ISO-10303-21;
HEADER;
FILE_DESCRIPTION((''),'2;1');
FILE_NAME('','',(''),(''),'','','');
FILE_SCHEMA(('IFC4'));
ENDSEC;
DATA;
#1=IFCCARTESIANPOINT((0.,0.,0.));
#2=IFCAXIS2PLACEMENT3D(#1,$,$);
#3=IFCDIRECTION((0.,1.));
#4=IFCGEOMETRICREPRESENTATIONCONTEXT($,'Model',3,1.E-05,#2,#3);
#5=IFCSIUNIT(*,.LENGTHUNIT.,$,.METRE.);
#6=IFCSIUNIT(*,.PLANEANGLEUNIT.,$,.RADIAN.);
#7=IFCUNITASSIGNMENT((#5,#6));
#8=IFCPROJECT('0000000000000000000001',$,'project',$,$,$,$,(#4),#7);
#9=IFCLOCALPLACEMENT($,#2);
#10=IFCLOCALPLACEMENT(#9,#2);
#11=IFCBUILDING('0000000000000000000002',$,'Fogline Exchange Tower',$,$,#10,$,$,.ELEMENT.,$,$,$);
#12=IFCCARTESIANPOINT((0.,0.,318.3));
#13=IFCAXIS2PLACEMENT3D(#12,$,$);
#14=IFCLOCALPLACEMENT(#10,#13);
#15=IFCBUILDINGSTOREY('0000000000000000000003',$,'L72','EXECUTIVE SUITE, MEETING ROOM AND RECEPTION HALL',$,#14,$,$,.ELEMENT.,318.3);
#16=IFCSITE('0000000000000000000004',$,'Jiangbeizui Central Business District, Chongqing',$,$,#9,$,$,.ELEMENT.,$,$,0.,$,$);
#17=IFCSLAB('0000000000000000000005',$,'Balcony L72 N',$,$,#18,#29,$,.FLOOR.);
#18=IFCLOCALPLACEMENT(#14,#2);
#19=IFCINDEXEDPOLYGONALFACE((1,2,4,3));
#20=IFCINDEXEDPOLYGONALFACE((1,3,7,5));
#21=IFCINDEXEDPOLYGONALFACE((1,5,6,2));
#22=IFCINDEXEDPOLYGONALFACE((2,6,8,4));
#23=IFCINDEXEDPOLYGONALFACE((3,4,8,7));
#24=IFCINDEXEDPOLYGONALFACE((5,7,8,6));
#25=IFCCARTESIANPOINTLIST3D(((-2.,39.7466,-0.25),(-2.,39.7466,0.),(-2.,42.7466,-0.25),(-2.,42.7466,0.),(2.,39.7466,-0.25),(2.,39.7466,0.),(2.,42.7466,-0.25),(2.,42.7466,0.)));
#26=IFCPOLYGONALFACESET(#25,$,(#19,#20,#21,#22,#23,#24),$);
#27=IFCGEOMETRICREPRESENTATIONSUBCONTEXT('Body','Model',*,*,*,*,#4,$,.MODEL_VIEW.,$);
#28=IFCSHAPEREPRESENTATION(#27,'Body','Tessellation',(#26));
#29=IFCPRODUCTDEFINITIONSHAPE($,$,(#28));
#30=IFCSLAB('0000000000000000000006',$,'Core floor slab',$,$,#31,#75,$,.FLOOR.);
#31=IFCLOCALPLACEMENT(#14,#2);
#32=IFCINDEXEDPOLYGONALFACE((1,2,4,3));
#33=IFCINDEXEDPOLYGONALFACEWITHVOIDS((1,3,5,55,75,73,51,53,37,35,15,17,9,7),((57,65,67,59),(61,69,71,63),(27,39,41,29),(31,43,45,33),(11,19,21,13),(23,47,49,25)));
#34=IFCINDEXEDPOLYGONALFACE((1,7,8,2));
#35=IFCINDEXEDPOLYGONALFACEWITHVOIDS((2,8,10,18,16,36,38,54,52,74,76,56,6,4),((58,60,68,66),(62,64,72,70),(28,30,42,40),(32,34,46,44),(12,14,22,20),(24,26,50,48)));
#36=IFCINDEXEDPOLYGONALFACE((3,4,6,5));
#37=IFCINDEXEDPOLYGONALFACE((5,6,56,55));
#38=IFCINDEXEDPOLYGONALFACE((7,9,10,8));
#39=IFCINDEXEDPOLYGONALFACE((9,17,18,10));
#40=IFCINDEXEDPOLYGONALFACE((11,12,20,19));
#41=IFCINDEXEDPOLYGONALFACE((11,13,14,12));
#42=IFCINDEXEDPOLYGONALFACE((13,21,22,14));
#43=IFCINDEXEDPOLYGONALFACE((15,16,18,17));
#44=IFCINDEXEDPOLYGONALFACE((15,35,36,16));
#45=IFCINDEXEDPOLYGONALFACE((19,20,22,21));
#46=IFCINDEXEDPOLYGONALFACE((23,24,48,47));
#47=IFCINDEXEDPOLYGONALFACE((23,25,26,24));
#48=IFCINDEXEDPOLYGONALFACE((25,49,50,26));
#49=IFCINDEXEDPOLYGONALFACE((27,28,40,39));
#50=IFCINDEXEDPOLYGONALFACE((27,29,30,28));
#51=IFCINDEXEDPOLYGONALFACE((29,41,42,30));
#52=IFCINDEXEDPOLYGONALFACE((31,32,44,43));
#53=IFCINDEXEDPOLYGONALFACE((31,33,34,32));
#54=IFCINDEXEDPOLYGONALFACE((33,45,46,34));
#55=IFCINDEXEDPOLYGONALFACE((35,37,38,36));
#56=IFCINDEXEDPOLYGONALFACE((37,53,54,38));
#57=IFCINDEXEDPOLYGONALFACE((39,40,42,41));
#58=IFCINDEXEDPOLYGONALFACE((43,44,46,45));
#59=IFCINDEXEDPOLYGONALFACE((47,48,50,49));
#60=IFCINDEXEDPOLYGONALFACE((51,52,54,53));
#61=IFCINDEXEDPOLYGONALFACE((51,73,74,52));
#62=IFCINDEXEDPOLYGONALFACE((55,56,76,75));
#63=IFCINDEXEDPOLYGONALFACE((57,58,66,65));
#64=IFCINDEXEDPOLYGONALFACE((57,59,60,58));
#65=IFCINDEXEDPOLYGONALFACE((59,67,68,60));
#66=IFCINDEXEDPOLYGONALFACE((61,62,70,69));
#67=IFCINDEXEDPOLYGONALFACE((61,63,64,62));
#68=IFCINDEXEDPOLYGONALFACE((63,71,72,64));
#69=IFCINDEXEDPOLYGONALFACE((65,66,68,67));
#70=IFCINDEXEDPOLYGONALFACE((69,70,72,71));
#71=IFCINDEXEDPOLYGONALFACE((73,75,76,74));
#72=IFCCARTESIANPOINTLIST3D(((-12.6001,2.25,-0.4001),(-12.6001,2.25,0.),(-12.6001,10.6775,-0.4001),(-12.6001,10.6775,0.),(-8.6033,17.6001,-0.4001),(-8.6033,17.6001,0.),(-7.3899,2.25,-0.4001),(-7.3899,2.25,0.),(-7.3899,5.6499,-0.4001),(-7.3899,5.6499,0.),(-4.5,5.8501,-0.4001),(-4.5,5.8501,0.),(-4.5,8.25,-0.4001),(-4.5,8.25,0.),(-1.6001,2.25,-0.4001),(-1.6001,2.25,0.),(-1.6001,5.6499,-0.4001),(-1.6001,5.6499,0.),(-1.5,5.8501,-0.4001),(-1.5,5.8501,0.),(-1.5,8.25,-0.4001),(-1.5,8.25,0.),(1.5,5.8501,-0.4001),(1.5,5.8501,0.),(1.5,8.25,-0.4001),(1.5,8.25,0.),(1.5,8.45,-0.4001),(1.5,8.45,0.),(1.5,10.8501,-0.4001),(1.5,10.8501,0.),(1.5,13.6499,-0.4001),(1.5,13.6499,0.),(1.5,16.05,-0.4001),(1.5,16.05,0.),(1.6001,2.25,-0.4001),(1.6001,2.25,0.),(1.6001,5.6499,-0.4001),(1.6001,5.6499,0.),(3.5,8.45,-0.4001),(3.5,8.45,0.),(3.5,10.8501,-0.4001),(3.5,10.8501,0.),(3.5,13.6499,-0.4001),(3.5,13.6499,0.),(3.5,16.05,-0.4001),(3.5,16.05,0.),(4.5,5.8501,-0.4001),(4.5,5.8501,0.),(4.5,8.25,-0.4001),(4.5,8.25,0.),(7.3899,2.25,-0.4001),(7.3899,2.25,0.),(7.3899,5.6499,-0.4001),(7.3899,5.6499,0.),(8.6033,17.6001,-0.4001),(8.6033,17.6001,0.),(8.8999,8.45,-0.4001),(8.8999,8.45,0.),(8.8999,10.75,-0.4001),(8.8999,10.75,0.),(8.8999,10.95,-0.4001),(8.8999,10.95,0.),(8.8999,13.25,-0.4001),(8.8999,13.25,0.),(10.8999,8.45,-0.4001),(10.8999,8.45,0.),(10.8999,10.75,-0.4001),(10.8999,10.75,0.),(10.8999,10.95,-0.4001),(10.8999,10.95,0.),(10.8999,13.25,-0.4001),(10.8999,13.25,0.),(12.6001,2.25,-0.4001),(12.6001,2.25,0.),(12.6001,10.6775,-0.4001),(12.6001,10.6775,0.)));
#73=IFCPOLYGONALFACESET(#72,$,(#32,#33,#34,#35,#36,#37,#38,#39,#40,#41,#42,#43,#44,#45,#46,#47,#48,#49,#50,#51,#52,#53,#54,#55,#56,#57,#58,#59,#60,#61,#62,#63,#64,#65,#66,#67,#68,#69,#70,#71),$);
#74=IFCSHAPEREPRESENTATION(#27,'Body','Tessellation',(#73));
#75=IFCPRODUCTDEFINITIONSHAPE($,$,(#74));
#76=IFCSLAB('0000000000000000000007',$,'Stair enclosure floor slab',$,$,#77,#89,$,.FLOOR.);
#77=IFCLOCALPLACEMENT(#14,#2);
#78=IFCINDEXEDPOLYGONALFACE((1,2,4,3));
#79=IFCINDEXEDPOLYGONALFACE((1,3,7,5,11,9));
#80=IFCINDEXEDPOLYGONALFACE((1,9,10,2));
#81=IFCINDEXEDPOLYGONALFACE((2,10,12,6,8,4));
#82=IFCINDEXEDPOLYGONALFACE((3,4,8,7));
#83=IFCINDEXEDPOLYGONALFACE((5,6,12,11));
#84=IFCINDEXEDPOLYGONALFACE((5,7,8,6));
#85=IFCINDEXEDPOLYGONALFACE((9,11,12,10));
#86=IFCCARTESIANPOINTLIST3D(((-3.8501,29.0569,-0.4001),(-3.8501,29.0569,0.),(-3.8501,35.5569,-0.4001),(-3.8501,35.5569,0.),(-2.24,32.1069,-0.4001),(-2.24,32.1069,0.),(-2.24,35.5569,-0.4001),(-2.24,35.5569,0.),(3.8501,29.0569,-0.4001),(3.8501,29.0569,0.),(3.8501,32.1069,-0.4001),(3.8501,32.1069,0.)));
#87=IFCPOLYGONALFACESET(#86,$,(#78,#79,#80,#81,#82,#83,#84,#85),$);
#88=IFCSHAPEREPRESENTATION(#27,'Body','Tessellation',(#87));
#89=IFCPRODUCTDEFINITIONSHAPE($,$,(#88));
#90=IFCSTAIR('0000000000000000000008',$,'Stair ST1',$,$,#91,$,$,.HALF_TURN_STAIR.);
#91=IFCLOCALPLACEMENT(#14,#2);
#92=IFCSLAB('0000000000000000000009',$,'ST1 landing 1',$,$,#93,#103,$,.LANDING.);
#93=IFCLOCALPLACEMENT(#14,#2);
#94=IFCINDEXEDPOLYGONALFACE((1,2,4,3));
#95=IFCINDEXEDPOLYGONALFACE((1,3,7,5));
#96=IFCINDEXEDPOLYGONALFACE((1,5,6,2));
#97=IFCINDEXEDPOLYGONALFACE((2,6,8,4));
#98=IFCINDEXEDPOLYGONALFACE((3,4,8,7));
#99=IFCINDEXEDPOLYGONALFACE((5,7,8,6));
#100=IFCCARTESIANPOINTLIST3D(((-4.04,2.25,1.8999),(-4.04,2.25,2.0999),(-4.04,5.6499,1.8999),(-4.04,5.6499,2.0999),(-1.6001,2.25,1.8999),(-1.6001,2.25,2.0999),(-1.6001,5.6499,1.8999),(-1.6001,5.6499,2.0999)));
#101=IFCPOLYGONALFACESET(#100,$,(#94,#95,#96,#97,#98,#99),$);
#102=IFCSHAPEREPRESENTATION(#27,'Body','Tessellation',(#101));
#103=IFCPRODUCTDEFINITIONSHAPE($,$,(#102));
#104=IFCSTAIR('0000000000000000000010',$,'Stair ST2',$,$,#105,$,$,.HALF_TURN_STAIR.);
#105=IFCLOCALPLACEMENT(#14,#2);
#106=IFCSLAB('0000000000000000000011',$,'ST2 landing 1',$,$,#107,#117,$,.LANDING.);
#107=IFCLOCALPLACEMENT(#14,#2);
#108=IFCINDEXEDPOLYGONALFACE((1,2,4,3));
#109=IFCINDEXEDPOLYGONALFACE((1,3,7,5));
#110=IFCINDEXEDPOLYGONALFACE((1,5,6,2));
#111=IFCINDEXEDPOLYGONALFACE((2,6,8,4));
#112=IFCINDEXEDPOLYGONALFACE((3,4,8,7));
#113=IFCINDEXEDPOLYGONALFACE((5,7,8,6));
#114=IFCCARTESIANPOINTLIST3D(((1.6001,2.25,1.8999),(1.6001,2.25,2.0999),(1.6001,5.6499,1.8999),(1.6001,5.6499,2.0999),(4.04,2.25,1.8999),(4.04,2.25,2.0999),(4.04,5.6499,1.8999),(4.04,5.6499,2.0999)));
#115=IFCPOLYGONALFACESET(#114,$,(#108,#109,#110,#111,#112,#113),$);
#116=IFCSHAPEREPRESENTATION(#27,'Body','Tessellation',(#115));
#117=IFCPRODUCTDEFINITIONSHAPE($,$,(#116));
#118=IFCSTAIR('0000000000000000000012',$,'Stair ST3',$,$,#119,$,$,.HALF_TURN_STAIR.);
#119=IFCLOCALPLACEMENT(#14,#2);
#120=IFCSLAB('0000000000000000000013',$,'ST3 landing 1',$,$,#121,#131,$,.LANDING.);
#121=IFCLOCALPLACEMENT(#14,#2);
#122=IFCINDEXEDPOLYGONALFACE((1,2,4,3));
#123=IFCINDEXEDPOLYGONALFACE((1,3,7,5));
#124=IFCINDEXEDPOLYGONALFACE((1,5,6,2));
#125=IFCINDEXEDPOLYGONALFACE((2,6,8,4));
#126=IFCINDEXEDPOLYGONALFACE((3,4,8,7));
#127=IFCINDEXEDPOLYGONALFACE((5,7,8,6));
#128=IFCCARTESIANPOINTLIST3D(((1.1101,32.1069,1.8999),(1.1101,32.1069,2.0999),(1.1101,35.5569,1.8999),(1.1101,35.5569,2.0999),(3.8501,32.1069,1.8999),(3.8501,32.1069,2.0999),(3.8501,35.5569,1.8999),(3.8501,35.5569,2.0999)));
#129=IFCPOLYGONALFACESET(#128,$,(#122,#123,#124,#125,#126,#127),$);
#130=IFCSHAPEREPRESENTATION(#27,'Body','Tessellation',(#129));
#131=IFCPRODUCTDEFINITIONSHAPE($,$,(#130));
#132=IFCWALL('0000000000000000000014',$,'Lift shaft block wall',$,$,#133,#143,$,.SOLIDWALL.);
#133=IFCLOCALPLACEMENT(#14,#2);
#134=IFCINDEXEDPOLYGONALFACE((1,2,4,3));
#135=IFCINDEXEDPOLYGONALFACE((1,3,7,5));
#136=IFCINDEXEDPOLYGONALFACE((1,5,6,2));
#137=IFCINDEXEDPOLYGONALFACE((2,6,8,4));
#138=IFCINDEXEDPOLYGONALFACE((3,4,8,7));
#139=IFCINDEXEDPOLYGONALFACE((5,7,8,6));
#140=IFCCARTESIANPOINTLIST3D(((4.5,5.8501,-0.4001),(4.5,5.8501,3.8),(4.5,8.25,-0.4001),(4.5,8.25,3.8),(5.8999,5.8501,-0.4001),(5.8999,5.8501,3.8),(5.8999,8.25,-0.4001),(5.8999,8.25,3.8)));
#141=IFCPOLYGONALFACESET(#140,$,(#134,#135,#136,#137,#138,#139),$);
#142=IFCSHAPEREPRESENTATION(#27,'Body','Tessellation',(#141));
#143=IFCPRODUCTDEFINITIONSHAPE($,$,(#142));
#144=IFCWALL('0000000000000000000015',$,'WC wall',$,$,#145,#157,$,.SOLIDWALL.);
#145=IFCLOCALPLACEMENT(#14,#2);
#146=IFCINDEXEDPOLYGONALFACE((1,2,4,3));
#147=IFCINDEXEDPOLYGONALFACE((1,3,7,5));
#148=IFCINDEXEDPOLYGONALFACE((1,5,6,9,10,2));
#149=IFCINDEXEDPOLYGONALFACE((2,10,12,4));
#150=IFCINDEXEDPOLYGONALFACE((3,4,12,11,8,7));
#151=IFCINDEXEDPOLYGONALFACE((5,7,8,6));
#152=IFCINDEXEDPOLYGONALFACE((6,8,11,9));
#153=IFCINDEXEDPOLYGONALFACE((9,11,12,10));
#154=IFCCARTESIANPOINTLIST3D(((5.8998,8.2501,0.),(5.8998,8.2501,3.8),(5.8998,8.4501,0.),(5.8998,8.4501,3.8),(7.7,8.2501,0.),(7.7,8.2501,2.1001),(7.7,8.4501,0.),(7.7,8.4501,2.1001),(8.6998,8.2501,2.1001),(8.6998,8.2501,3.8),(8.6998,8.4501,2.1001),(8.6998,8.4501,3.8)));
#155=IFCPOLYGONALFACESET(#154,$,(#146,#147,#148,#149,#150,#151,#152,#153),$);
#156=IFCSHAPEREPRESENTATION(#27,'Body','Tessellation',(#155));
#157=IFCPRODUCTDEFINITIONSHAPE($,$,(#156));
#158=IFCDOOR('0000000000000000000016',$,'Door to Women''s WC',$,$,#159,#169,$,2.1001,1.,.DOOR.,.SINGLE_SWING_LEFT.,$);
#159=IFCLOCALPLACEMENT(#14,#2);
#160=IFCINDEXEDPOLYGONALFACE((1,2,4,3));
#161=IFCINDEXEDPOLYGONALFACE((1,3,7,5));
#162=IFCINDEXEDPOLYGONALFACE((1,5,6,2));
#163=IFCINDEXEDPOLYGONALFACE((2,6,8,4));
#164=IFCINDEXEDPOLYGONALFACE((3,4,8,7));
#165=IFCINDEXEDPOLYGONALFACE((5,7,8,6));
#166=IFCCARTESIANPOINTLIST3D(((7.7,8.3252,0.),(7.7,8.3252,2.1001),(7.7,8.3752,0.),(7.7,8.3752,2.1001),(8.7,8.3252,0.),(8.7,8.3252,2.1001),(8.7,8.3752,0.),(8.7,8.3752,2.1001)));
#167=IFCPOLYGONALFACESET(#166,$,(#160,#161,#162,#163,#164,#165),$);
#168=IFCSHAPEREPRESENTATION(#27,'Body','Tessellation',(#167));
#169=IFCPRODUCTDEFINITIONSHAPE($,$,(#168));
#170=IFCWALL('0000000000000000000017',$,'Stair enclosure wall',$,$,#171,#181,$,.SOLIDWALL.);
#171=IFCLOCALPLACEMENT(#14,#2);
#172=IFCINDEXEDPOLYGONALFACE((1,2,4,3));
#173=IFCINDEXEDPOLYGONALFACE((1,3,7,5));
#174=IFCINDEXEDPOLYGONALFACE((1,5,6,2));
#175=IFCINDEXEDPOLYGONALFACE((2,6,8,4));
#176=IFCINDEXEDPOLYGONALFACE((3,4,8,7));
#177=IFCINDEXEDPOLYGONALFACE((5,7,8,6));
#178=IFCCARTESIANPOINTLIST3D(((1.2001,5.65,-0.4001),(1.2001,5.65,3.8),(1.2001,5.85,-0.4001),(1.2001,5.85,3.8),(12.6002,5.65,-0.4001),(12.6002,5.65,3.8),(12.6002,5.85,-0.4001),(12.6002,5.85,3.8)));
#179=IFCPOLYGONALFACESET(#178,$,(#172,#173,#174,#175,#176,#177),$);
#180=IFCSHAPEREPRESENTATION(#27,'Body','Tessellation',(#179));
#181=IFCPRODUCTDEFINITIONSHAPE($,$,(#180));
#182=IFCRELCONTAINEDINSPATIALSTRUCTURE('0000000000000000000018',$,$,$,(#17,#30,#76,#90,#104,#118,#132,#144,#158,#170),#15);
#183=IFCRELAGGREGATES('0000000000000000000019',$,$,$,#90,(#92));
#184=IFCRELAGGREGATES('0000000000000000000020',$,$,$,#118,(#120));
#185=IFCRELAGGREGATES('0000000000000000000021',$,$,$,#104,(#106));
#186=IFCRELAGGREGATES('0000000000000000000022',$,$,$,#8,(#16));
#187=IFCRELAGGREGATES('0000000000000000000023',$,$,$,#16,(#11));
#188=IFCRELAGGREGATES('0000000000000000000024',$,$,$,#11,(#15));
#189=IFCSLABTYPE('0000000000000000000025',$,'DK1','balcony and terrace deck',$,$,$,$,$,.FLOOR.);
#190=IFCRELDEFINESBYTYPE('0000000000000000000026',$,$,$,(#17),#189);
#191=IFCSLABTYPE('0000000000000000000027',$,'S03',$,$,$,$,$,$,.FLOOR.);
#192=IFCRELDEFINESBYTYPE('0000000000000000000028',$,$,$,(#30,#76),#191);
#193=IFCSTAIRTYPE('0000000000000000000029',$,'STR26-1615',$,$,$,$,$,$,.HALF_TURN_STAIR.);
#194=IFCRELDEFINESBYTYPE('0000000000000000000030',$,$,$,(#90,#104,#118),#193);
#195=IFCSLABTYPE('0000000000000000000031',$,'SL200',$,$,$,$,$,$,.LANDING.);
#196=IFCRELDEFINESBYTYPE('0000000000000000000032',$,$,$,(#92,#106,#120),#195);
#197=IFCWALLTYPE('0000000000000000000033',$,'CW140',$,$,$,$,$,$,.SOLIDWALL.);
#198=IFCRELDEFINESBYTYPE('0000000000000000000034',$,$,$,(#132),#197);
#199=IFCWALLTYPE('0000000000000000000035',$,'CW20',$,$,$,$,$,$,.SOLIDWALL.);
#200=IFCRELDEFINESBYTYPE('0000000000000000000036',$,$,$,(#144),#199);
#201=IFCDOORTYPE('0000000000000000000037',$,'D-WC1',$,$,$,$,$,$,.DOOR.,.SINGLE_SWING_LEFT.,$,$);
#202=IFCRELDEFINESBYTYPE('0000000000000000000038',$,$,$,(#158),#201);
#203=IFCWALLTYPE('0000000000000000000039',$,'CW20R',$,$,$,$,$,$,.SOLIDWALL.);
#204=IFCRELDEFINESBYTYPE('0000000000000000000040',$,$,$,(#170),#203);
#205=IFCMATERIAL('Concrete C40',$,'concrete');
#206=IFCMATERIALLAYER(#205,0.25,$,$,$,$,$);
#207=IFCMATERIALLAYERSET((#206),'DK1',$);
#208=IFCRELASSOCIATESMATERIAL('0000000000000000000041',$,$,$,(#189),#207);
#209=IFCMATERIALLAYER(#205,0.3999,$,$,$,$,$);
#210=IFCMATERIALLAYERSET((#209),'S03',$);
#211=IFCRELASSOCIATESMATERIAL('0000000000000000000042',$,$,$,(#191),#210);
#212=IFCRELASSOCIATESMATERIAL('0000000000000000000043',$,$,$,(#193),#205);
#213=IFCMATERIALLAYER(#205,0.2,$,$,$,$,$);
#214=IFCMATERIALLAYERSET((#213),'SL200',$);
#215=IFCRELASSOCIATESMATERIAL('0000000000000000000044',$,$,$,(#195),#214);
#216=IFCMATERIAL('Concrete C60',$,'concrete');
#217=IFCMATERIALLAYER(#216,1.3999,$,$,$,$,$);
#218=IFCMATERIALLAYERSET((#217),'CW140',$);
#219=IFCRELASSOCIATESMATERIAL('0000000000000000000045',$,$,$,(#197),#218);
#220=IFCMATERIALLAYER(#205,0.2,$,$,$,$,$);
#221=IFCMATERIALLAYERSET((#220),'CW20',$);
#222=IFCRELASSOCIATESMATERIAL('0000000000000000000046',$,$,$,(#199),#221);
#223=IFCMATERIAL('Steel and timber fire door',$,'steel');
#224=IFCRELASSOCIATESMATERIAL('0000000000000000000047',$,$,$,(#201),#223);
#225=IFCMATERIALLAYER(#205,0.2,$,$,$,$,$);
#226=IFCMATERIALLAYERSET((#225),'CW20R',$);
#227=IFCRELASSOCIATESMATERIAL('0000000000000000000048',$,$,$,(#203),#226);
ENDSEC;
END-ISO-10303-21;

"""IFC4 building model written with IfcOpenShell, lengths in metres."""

from ifc_helpers import new_model, si_unit, direction, frame, frame_2d, origin, place, context, subcontext, project, spatial, polyline, rectangle, outline, extrude, material, layer, layer_set, type_object, element, fill, aggregate, save


model = new_model("IFC4")

# Units and contexts
model_context = context("Model", 3, precision=1e-05, world=origin(), true_north=direction((0.0, 1.0)))
body_context = subcontext(model_context, "Body", "Model", "MODEL_VIEW")
ifc_project = project(units=[si_unit("LENGTHUNIT", "METRE"), si_unit("PLANEANGLEUNIT", "RADIAN")], contexts=[model_context])

# Site, building, storey
site_placement = place(None, origin())
site = spatial("IfcSite", under=ifc_project, at=site_placement, Name="Jiangbeizui Central Business District, Chongqing", CompositionType="ELEMENT", RefElevation=0.0)
building_placement = place(site_placement, origin())
building = spatial("IfcBuilding", under=site, at=building_placement, Name="Fogline Exchange Tower", CompositionType="ELEMENT")
storey_placement = place(building_placement, frame((0.0, 0.0, 318.3)))
storey = spatial("IfcBuildingStorey", under=building, at=storey_placement, Name="L72", Description="EXECUTIVE SUITE, MEETING ROOM AND RECEPTION HALL", CompositionType="ELEMENT", Elevation=318.3)

# Slabs
ifc_material_1 = material(Name="Concrete C40", Category="concrete")
ifc_layer_1 = layer(ifc_material_1, 0.25)
ifc_layer_set_1 = layer_set([ifc_layer_1], Name="DK1")
slab_type_1 = type_object("IfcSlabType", Name="DK1", Description="balcony and terrace deck", PredefinedType="FLOOR", material=ifc_layer_set_1)
slab_1_placement = place(storey_placement, frame((0.0, 0.0, -0.25)))
element("IfcSlab", 1, at=slab_1_placement, inside=storey, type_object=slab_type_1, Name="Balcony L72 N", PredefinedType="FLOOR", context=body_context, shape_type="SweptSolid", body=[
    extrude(outline(polyline([(2.0, 42.7466), (-2.0, 42.7466), (-2.0, 39.7466), (2.0, 39.7466), (2.0, 42.7466)])), origin(), (0.0, 0.0, 1.0), 0.25),
])
ifc_layer_2 = layer(ifc_material_1, 0.3999)
ifc_layer_set_2 = layer_set([ifc_layer_2], Name="S03")
slab_type_2 = type_object("IfcSlabType", Name="S03", PredefinedType="FLOOR", material=ifc_layer_set_2)
slab_2_placement = place(storey_placement, frame((0.0, 0.0, -0.4001)))
element("IfcSlab", 2, at=slab_2_placement, inside=storey, type_object=slab_type_2, Name="Core floor slab", PredefinedType="FLOOR", context=body_context, shape_type="SweptSolid", body=[
    extrude(outline(polyline([(-12.6001, 2.25), (-12.6001, 10.6775), (-8.6033, 17.6001), (8.6033, 17.6001), (12.6001, 10.6775), (12.6001, 2.25), (7.3899, 2.25), (7.3899, 5.6499), (1.6001, 5.6499), (1.6001, 2.25), (-1.6001, 2.25), (-1.6001, 5.6499), (-7.3899, 5.6499), (-7.3899, 2.25), (-12.6001, 2.25)]), holes=[polyline([(-4.5, 8.25), (-4.5, 5.8501), (-1.5, 5.8501), (-1.5, 8.25), (-4.5, 8.25)]), polyline([(1.5, 8.25), (1.5, 5.8501), (4.5, 5.8501), (4.5, 8.25), (1.5, 8.25)]), polyline([(8.8999, 10.75), (8.8999, 8.45), (10.8999, 8.45), (10.8999, 10.75), (8.8999, 10.75)]), polyline([(1.5, 10.8501), (1.5, 8.45), (3.5, 8.45), (3.5, 10.8501), (1.5, 10.8501)]), polyline([(8.8999, 13.25), (8.8999, 10.95), (10.8999, 10.95), (10.8999, 13.25), (8.8999, 13.25)]), polyline([(1.5, 16.05), (1.5, 13.6499), (3.5, 13.6499), (3.5, 16.05), (1.5, 16.05)])]), origin(), (0.0, 0.0, 1.0), 0.4001),
])
slab_3_placement = place(storey_placement, frame((0.0, 0.0, -0.4001)))
element("IfcSlab", 3, at=slab_3_placement, inside=storey, type_object=slab_type_2, Name="Stair enclosure floor slab", PredefinedType="FLOOR", context=body_context, shape_type="SweptSolid", body=[
    extrude(outline(polyline([(3.8501, 29.0569), (-3.8501, 29.0569), (-3.8501, 35.5569), (-2.24, 35.5569), (-2.24, 32.1069), (3.8501, 32.1069), (3.8501, 29.0569)])), origin(), (0.0, 0.0, 1.0), 0.4001),
])

# Stairs, slabs
stair_type = type_object("IfcStairType", Name="STR26-1615", PredefinedType="HALF_TURN_STAIR", material=ifc_material_1)
stair_1_placement = place(storey_placement, origin())
stair_1 = element("IfcStair", 4, at=stair_1_placement, inside=storey, type_object=stair_type, Name="Stair ST1", PredefinedType="HALF_TURN_STAIR")
ifc_layer_3 = layer(ifc_material_1, 0.2)
ifc_layer_set_3 = layer_set([ifc_layer_3], Name="SL200")
slab_type_3 = type_object("IfcSlabType", Name="SL200", PredefinedType="LANDING", material=ifc_layer_set_3)
slab_4_placement = place(storey_placement, frame((0.0, 0.0, 1.8999)))
slab_4 = element("IfcSlab", 5, at=slab_4_placement, type_object=slab_type_3, Name="ST1 landing 1", PredefinedType="LANDING", context=body_context, shape_type="SweptSolid", body=[
    extrude(outline(polyline([(-4.04, 2.25), (-1.6001, 2.25), (-1.6001, 5.6499), (-4.04, 5.6499), (-4.04, 2.25)])), origin(), (0.0, 0.0, 1.0), 0.2),
])
aggregate(stair_1, [slab_4])
stair_2_placement = place(storey_placement, origin())
stair_2 = element("IfcStair", 6, at=stair_2_placement, inside=storey, type_object=stair_type, Name="Stair ST2", PredefinedType="HALF_TURN_STAIR")
slab_5_placement = place(storey_placement, frame((0.0, 0.0, 1.8999)))
slab_5 = element("IfcSlab", 7, at=slab_5_placement, type_object=slab_type_3, Name="ST2 landing 1", PredefinedType="LANDING", context=body_context, shape_type="SweptSolid", body=[
    extrude(outline(polyline([(1.6001, 2.25), (4.04, 2.25), (4.04, 5.6499), (1.6001, 5.6499), (1.6001, 2.25)])), origin(), (0.0, 0.0, 1.0), 0.2),
])
stair_3_placement = place(storey_placement, origin())
stair_3 = element("IfcStair", 8, at=stair_3_placement, inside=storey, type_object=stair_type, Name="Stair ST3", PredefinedType="HALF_TURN_STAIR")
slab_6_placement = place(storey_placement, frame((0.0, 0.0, 1.8999)))
slab_6 = element("IfcSlab", 9, at=slab_6_placement, type_object=slab_type_3, Name="ST3 landing 1", PredefinedType="LANDING", context=body_context, shape_type="SweptSolid", body=[
    extrude(outline(polyline([(1.1101, 32.1069), (3.8501, 32.1069), (3.8501, 35.5569), (1.1101, 35.5569), (1.1101, 32.1069)])), origin(), (0.0, 0.0, 1.0), 0.2),
])
aggregate(stair_3, [slab_6])

# Wall
ifc_material_2 = material(Name="Concrete C60", Category="concrete")
ifc_layer_4 = layer(ifc_material_2, 1.3999)
ifc_layer_set_4 = layer_set([ifc_layer_4], Name="CW140")
wall_type_1 = type_object("IfcWallType", Name="CW140", PredefinedType="SOLIDWALL", material=ifc_layer_set_4)
wall_1_placement = place(storey_placement, frame((5.2, 5.8501, -0.4001), z_axis=(0.0, 0.0, 1.0), x_axis=(0.0, 1.0, 0.0)))
element("IfcWall", 10, at=wall_1_placement, inside=storey, type_object=wall_type_1, Name="Lift shaft block wall", PredefinedType="SOLIDWALL", context=body_context, shape_type="SweptSolid", body=[
    extrude(rectangle(XDim=2.3999, YDim=1.3999, at=frame_2d((1.2, 0.0))), origin(), (0.0, 0.0, 1.0), 4.2002),
])

# Wall, opening, door
ifc_layer_5 = layer(ifc_material_1, 0.2)
ifc_layer_set_5 = layer_set([ifc_layer_5], Name="CW20")
wall_type_2 = type_object("IfcWallType", Name="CW20", PredefinedType="SOLIDWALL", material=ifc_layer_set_5)
wall_2_placement = place(storey_placement, frame((5.8999, 8.3501, 0.0), z_axis=(0.0, 0.0, 1.0), x_axis=(1.0, 0.0, 0.0)))
wall_2 = element("IfcWall", 11, at=wall_2_placement, inside=storey, type_object=wall_type_2, Name="WC wall", PredefinedType="SOLIDWALL", context=body_context, shape_type="SweptSolid", body=[
    extrude(rectangle(XDim=2.8, YDim=0.2, at=frame_2d((1.3999, 0.0))), origin(), (0.0, 0.0, 1.0), 3.8),
])
opening_1_placement = place(wall_2_placement, frame((1.8, 0.0, 0.0)))
opening_1 = element("IfcOpeningElement", 12, at=opening_1_placement, cuts=wall_2, PredefinedType="OPENING", context=body_context, shape_type="SweptSolid", body=[
    extrude(rectangle(XDim=1.0, YDim=2.1001, at=frame_2d((0.5, 1.05))), frame((0.0, 0.1099, 0.0), z_axis=(0.0, -1.0, 0.0), x_axis=(1.0, 0.0, 0.0)), (0.0, 0.0, 1.0), 0.22),
])
ifc_material_3 = material(Name="Steel and timber fire door", Category="steel")
door_type_1 = type_object("IfcDoorType", Name="D-WC1", OperationType="SINGLE_SWING_LEFT", PredefinedType="DOOR", material=ifc_material_3)
door_1_placement = place(opening_1_placement, frame((1.0, 0.0, 0.0), z_axis=(0.0, 0.0, 1.0), x_axis=(-1.0, 0.0, 0.0)))
door_1 = element("IfcDoor", 13, at=door_1_placement, inside=storey, type_object=door_type_1, Name="Door to Women's WC", OperationType="SINGLE_SWING_LEFT", OverallHeight=2.1001, OverallWidth=1.0, PredefinedType="DOOR", context=body_context, shape_type="SweptSolid", body=[
    extrude(rectangle(XDim=1.0, YDim=2.1001, at=frame_2d((0.5, 1.05))), frame((0.0, 0.0249, 0.0), z_axis=(0.0, -1.0, 0.0), x_axis=(1.0, 0.0, 0.0)), (0.0, 0.0, 1.0), 0.05),
])
fill(opening_1, door_1)

# Wall
ifc_layer_6 = layer(ifc_material_1, 0.2)
ifc_layer_set_6 = layer_set([ifc_layer_6], Name="CW20R")
wall_type_3 = type_object("IfcWallType", Name="CW20R", PredefinedType="SOLIDWALL", material=ifc_layer_set_6)
wall_3_placement = place(storey_placement, frame((1.2, 5.75, -0.4001), z_axis=(0.0, 0.0, 1.0), x_axis=(1.0, 0.0, 0.0)))
element("IfcWall", 14, at=wall_3_placement, inside=storey, type_object=wall_type_3, Name="Stair enclosure wall", PredefinedType="SOLIDWALL", context=body_context, shape_type="SweptSolid", body=[
    extrude(rectangle(XDim=11.4001, YDim=0.2, at=frame_2d((5.7002, 0.0))), origin(), (0.0, 0.0, 1.0), 4.2002),
])

aggregate(stair_2, [slab_5])

save(model, "model.ifc")
